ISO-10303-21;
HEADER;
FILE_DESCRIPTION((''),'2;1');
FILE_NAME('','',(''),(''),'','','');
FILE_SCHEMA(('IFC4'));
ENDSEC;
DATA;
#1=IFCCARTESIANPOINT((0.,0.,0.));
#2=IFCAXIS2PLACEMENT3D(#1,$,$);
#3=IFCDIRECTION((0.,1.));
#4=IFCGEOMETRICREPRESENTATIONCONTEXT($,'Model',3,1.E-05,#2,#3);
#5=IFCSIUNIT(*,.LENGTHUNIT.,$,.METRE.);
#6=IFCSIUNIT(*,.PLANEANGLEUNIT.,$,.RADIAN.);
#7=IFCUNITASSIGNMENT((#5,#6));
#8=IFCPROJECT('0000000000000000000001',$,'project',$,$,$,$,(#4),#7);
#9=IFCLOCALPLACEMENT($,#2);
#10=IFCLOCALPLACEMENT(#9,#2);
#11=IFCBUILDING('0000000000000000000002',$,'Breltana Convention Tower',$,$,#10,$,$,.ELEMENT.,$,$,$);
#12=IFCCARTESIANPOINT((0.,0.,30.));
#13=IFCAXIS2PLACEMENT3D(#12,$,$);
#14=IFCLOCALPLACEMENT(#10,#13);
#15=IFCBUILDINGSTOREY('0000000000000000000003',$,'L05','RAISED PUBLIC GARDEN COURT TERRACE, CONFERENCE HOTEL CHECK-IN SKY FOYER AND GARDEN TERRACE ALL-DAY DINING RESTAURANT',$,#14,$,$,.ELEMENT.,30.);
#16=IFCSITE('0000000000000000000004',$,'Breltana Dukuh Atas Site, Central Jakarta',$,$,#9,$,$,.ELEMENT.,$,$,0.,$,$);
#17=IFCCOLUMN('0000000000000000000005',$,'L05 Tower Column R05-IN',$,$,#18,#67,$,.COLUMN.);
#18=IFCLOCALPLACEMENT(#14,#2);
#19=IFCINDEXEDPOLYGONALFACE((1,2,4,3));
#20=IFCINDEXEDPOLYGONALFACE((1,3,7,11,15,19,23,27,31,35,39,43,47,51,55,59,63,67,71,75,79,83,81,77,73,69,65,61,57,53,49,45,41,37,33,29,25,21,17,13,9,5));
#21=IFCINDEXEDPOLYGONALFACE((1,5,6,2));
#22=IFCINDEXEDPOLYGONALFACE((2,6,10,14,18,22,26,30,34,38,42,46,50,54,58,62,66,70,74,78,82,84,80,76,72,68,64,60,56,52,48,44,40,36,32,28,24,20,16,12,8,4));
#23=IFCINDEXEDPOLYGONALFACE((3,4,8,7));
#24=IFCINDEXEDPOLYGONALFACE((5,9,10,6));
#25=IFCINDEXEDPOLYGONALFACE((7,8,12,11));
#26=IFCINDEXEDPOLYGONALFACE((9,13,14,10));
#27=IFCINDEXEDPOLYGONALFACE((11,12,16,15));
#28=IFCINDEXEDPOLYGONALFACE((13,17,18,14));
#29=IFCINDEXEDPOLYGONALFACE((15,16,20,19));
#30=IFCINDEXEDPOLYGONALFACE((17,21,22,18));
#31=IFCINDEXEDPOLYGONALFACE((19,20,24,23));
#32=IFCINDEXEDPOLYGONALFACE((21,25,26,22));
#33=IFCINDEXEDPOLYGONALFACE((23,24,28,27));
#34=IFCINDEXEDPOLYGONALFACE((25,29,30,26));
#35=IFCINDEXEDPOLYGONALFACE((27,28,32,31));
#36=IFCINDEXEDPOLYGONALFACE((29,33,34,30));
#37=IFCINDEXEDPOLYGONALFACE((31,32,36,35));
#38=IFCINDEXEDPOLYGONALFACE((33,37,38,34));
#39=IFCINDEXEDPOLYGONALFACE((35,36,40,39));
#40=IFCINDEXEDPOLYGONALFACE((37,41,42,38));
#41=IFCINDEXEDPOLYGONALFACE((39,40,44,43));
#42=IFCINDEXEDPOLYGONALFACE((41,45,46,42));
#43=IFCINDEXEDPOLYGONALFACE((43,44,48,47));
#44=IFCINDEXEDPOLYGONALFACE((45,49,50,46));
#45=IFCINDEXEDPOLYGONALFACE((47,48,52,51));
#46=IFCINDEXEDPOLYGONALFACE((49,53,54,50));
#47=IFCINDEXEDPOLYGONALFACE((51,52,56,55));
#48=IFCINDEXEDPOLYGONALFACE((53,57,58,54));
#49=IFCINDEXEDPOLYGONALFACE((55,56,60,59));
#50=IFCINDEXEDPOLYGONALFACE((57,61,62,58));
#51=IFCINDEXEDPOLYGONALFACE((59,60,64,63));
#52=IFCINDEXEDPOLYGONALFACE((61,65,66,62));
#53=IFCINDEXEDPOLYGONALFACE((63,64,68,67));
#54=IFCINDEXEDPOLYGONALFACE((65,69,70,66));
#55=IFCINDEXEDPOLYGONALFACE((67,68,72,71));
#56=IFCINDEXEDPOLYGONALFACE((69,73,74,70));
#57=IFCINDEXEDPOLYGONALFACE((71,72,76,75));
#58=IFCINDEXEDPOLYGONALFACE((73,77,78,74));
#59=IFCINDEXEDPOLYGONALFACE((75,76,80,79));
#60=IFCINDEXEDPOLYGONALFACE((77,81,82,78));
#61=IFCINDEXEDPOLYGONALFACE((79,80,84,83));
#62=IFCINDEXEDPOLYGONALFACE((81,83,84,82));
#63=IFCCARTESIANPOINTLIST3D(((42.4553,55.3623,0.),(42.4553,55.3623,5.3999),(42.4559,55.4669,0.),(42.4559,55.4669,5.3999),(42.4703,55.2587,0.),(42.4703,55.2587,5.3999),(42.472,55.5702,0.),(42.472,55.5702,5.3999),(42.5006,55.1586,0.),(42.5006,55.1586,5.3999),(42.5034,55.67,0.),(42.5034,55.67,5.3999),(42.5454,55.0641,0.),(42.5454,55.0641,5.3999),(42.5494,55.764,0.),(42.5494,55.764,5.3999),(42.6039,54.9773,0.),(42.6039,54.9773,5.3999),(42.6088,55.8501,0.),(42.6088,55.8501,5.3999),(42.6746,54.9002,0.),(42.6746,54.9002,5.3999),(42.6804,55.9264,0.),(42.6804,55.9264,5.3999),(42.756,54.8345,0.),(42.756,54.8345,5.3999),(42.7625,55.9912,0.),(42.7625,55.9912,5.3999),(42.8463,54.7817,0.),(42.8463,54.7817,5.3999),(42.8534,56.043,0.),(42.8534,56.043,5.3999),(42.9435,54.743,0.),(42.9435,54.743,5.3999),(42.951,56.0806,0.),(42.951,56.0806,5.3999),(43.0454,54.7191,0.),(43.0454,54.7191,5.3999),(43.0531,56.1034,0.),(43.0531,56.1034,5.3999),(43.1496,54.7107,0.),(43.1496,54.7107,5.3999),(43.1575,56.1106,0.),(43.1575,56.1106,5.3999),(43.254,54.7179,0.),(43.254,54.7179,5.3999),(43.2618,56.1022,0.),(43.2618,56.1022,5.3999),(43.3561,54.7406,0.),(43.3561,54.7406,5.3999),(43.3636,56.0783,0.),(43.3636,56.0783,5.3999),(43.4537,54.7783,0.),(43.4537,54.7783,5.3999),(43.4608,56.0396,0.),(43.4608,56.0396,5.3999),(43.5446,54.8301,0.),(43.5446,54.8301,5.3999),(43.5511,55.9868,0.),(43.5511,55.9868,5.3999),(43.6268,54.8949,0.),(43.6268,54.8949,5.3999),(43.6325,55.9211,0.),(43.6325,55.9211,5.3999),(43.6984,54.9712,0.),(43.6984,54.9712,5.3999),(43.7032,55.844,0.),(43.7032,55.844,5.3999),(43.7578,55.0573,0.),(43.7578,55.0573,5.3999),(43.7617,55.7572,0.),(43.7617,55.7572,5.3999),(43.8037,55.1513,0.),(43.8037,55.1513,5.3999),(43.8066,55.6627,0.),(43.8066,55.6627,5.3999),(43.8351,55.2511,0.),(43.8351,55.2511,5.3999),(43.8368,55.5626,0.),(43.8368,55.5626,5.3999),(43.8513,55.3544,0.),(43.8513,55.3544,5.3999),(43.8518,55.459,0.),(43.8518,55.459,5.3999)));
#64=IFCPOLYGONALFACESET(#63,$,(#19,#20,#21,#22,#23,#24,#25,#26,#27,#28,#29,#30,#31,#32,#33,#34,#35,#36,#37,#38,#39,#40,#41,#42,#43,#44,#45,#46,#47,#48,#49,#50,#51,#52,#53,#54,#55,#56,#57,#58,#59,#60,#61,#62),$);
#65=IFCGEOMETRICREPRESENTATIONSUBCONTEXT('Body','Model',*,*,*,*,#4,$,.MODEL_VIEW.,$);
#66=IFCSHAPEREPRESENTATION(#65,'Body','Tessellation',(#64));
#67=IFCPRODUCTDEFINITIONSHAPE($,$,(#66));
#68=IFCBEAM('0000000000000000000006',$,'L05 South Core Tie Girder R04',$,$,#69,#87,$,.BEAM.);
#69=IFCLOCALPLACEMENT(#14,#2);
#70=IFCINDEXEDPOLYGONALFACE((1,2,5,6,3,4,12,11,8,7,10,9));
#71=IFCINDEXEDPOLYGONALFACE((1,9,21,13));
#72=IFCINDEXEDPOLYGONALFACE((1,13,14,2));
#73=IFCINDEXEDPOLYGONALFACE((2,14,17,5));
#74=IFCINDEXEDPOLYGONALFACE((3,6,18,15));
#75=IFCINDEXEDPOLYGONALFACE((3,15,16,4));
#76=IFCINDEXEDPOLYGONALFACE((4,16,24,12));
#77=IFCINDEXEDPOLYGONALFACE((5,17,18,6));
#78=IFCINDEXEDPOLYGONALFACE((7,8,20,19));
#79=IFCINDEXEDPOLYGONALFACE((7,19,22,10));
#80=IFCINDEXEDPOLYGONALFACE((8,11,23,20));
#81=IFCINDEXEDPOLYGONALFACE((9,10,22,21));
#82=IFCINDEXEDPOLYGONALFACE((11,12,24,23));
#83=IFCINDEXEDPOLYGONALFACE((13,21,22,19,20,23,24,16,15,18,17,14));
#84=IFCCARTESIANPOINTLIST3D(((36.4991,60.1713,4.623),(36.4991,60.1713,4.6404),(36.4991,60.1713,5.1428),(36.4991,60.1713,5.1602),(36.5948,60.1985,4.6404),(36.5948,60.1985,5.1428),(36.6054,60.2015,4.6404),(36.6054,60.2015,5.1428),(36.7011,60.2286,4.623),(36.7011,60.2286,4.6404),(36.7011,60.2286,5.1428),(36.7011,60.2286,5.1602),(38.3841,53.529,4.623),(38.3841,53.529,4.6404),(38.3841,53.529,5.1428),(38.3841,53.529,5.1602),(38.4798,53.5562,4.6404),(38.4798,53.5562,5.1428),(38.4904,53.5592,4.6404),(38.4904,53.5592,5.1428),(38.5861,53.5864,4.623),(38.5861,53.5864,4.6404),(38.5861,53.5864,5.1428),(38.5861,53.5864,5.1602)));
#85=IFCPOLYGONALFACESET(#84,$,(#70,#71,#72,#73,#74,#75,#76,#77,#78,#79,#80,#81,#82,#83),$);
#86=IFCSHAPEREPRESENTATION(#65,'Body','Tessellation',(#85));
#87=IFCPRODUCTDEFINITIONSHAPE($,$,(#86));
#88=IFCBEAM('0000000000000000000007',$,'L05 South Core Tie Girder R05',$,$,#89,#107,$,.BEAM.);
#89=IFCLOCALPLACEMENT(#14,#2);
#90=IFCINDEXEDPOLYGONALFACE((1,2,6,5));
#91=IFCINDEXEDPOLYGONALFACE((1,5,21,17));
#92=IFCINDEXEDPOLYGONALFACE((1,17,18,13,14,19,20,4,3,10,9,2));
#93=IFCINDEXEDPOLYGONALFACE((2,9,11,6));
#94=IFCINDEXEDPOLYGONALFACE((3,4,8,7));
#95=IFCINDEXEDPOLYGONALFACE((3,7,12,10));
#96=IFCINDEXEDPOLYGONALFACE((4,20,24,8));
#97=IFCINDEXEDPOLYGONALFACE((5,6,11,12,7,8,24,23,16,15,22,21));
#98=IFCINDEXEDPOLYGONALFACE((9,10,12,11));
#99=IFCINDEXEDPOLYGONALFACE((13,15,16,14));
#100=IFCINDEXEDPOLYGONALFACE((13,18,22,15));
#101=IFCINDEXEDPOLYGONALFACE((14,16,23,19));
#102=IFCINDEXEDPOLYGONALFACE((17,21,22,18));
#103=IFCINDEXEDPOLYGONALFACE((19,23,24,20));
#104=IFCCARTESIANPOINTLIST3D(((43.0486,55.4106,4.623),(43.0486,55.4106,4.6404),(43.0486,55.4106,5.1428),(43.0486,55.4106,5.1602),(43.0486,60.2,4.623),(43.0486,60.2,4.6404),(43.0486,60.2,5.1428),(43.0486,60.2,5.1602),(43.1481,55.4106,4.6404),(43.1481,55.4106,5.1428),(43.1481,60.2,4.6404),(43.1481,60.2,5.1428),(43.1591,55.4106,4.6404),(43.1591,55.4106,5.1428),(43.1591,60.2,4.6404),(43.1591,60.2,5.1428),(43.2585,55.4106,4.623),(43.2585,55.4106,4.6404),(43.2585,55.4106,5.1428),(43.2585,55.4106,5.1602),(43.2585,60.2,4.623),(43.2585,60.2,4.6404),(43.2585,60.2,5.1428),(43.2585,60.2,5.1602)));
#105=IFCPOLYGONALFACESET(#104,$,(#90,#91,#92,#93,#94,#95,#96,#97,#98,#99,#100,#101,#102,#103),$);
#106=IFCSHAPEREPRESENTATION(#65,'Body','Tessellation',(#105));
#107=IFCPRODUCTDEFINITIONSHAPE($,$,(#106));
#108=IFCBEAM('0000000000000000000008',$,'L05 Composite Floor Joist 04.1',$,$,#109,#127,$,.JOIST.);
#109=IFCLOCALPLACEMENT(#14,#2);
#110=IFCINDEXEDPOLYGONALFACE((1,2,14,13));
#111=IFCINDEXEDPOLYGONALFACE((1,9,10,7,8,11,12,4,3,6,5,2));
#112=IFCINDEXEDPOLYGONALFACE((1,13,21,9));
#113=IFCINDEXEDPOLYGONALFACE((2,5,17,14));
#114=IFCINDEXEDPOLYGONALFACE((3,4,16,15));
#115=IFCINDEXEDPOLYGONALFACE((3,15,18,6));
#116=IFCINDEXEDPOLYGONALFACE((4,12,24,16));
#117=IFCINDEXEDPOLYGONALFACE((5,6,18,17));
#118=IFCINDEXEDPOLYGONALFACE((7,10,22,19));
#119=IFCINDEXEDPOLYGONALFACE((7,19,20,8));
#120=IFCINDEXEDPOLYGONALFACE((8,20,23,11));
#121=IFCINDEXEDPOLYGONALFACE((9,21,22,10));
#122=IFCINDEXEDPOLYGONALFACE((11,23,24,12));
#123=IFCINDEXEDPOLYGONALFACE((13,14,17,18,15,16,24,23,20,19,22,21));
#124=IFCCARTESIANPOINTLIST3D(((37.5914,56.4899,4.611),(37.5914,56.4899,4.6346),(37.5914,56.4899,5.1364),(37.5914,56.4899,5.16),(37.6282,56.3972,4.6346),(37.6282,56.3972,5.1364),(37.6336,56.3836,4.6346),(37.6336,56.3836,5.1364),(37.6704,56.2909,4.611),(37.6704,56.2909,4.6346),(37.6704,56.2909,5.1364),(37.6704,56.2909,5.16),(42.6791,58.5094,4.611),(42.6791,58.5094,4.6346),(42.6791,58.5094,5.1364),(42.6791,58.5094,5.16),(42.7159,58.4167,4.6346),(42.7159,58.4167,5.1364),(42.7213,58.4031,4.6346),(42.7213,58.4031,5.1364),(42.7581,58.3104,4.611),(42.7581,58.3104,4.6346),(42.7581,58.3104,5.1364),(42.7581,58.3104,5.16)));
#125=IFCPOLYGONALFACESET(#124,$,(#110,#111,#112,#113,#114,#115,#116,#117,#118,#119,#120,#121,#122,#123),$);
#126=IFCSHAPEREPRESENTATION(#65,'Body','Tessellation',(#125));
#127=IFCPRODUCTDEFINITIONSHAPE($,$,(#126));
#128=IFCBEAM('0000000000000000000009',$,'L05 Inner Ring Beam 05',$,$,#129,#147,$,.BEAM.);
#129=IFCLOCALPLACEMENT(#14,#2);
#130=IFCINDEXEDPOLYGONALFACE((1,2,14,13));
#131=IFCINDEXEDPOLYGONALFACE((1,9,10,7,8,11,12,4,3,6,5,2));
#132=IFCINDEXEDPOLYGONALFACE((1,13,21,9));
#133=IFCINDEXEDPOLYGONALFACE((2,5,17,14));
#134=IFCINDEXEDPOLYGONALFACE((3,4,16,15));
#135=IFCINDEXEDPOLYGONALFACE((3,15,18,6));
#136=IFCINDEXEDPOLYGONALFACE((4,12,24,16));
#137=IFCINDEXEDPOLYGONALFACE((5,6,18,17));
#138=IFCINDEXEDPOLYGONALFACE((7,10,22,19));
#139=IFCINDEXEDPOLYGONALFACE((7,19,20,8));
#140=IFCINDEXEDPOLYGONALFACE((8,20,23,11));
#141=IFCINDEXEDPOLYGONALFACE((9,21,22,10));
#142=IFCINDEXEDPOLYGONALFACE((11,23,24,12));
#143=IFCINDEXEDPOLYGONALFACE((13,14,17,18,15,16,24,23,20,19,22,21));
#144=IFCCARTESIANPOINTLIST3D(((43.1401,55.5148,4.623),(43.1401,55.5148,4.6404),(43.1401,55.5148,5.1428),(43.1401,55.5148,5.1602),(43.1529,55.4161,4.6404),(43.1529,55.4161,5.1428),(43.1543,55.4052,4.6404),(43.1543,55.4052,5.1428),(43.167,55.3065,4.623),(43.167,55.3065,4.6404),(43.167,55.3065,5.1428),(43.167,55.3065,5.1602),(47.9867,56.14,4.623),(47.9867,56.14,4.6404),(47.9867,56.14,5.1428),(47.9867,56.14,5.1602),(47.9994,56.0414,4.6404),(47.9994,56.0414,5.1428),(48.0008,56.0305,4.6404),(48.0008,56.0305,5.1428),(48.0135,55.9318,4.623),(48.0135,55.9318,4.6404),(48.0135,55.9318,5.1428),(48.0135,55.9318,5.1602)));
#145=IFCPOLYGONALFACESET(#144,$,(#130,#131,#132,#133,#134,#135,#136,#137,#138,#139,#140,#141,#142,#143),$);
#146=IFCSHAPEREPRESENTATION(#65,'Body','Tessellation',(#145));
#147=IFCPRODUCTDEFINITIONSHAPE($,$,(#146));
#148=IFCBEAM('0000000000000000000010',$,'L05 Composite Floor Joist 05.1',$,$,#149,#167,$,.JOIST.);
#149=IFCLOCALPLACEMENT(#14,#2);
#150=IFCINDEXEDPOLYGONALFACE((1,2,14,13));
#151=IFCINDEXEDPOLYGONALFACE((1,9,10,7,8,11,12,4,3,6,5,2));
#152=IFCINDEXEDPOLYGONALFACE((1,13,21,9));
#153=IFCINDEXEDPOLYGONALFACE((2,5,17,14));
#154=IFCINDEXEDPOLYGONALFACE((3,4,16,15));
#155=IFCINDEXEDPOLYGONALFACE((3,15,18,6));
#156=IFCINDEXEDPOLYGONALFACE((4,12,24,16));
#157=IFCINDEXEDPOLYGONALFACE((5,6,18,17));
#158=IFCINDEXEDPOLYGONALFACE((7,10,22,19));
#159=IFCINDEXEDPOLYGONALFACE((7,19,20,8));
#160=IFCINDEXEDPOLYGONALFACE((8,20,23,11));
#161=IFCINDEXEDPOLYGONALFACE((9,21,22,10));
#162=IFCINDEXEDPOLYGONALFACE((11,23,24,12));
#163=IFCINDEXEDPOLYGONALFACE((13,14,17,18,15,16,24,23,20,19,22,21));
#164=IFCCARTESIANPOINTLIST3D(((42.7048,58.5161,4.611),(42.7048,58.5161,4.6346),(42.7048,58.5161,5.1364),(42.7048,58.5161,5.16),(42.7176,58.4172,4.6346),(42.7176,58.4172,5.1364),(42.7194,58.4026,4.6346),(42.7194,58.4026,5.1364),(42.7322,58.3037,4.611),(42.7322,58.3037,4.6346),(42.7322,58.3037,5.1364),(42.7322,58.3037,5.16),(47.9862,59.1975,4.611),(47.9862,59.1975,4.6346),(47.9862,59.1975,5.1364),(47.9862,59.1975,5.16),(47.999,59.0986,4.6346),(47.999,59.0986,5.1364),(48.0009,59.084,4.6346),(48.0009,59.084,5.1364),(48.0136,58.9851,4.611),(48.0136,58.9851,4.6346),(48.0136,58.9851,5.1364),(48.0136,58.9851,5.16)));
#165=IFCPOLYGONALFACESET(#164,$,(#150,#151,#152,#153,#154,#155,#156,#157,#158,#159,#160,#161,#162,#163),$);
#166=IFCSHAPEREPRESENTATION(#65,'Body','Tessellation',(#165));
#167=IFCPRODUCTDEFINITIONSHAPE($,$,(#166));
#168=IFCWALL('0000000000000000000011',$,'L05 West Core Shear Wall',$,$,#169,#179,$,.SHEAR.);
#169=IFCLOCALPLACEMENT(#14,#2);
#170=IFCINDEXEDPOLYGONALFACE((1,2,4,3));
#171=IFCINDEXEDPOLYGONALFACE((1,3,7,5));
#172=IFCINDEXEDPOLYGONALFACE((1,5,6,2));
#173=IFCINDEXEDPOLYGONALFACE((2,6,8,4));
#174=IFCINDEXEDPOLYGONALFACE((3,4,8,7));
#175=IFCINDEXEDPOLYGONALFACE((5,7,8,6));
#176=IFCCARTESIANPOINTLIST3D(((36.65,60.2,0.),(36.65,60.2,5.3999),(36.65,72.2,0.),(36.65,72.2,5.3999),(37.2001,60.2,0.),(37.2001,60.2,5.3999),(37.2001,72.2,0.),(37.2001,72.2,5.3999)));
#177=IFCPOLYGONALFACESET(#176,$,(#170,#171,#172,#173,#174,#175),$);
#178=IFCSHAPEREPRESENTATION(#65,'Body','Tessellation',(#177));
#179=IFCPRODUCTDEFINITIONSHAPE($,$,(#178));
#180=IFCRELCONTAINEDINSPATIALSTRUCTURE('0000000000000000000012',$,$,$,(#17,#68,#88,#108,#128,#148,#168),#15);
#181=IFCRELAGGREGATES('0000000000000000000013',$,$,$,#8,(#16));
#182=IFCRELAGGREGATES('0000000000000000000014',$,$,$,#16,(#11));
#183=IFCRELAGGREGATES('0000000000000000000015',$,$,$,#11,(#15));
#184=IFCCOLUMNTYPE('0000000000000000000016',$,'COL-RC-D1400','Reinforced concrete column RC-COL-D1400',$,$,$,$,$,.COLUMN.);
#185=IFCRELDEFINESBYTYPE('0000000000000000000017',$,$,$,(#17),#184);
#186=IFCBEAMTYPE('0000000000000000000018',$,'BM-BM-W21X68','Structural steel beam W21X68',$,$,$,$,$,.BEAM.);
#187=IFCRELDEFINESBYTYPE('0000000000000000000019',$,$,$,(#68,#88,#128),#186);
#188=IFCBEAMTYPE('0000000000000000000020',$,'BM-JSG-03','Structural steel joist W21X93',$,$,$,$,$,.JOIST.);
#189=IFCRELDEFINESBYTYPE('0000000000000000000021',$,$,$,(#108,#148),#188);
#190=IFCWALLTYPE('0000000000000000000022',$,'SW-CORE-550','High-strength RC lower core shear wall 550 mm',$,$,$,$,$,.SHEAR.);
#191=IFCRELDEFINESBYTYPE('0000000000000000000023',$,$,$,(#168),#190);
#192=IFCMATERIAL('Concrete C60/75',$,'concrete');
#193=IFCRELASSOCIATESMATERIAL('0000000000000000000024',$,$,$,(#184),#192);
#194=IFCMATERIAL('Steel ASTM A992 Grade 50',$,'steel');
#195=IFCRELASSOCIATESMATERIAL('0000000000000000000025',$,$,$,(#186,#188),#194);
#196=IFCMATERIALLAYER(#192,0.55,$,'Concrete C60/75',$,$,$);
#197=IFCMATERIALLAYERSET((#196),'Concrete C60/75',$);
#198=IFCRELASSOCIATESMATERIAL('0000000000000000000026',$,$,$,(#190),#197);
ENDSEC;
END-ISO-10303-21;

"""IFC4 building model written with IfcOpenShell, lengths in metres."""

from ifc_helpers import new_model, si_unit, direction, frame, frame_2d, origin, origin_2d, place, context, subcontext, project, spatial, rectangle, circle, i_section, extrude, source, transform, mapped, material, layer, layer_set, material_profile, profile_set, type_object, type_shapes, element, save


model = new_model("IFC4")

# Units and contexts
model_context = context("Model", 3, precision=1e-05, world=origin(), true_north=direction((0.0, 1.0)))
body_context = subcontext(model_context, "Body", "Model", "MODEL_VIEW")
ifc_project = project(units=[si_unit("LENGTHUNIT", "METRE"), si_unit("PLANEANGLEUNIT", "RADIAN")], contexts=[model_context])

# Site, building, storey
site_placement = place(None, origin())
site = spatial("IfcSite", under=ifc_project, at=site_placement, Name="Breltana Dukuh Atas Site, Central Jakarta", CompositionType="ELEMENT", RefElevation=0.0)
building_placement = place(site_placement, origin())
building = spatial("IfcBuilding", under=site, at=building_placement, Name="Breltana Convention Tower", CompositionType="ELEMENT")
storey_placement = place(building_placement, frame((0.0, 0.0, 30.0)))
storey = spatial("IfcBuildingStorey", under=building, at=storey_placement, Name="L05", Description="RAISED PUBLIC GARDEN COURT TERRACE, CONFERENCE HOTEL CHECK-IN SKY FOYER AND GARDEN TERRACE ALL-DAY DINING RESTAURANT", CompositionType="ELEMENT", Elevation=30.0)

# Column
ifc_material_1 = material(Name="Concrete C60/75", Category="concrete")
ifc_material_profile_1 = material_profile(ifc_material_1, circle(Radius=0.7, at=origin_2d()), Name="RC-COL-D1400")
ifc_profile_set_1 = profile_set([ifc_material_profile_1], Name="Concrete C60/75")
column_type = type_object("IfcColumnType", Name="COL-RC-D1400", Description="Reinforced concrete column RC-COL-D1400", PredefinedType="COLUMN", material=ifc_profile_set_1)
shared_shape_1 = source(origin(), body_context, "Body", "SweptSolid", [
    extrude(circle(Radius=0.7, at=origin_2d()), origin(), (0.0, 0.0, 1.0), 5.3999),
])
type_shapes(column_type, [shared_shape_1])
column_placement = place(storey_placement, frame((43.1536, 55.4106, 0.0), z_axis=(0.0, 0.0, 1.0), x_axis=(-0.143493, 0.989651, 0.0)))
element("IfcColumn", 1, at=column_placement, inside=storey, type_object=column_type, Name="L05 Tower Column R05-IN", PredefinedType="COLUMN", context=body_context, shape_type="MappedRepresentation", body=[
    mapped(shared_shape_1, transform((0.0, 0.0, 0.0), scale=1.0)),
])

# Beams
ifc_material_2 = material(Name="Steel ASTM A992 Grade 50", Category="steel")
ifc_material_profile_2 = material_profile(ifc_material_2, i_section(OverallWidth=0.21, OverallDepth=0.5371, WebThickness=0.011, FlangeThickness=0.0173, at=origin_2d()), Name="W21X68")
ifc_profile_set_2 = profile_set([ifc_material_profile_2], Name="Steel ASTM A992 Grade 50")
beam_type_1 = type_object("IfcBeamType", Name="BM-BM-W21X68", Description="Structural steel beam W21X68", PredefinedType="BEAM", material=ifc_profile_set_2)
shared_shape_2 = source(origin(), body_context, "Body", "SweptSolid", [
    extrude(i_section(OverallWidth=0.21, OverallDepth=0.5371, WebThickness=0.011, FlangeThickness=0.0173, at=origin_2d()), origin(), (0.0, 0.0, 1.0), 6.9045),
])
type_shapes(beam_type_1, [shared_shape_2])
beam_1_placement = place(storey_placement, frame((36.6001, 60.2, 4.8916), z_axis=(0.273007, -0.962012, 0.0), x_axis=(0.962012, 0.273007, 0.0)))
element("IfcBeam", 2, at=beam_1_placement, inside=storey, type_object=beam_type_1, Name="L05 South Core Tie Girder R04", PredefinedType="BEAM", context=body_context, shape_type="MappedRepresentation", body=[
    mapped(shared_shape_2, transform((0.0, 0.0, 0.0), scale=1.0)),
])
shared_shape_3 = source(origin(), body_context, "Body", "SweptSolid", [
    extrude(i_section(OverallWidth=0.21, OverallDepth=0.5371, WebThickness=0.011, FlangeThickness=0.0173, at=origin_2d()), origin(), (0.0, 0.0, 1.0), 4.7893),
])
beam_2_placement = place(storey_placement, frame((43.1536, 60.2, 4.8916), z_axis=(0.0, -1.0, 0.0), x_axis=(1.0, 0.0, 0.0)))
element("IfcBeam", 3, at=beam_2_placement, inside=storey, type_object=beam_type_1, Name="L05 South Core Tie Girder R05", PredefinedType="BEAM", context=body_context, shape_type="MappedRepresentation", body=[
    mapped(shared_shape_3, transform((0.0, 0.0, 0.0), scale=1.0)),
])
ifc_material_profile_3 = material_profile(ifc_material_2, i_section(OverallWidth=0.2141, OverallDepth=0.5491, WebThickness=0.0146, FlangeThickness=0.0237, at=origin_2d()), Name="W21X93")
ifc_profile_set_3 = profile_set([ifc_material_profile_3], Name="Steel ASTM A992 Grade 50")
beam_type_2 = type_object("IfcBeamType", Name="BM-JSG-03", Description="Structural steel joist W21X93", PredefinedType="JOIST", material=ifc_profile_set_3)
shared_shape_4 = source(origin(), body_context, "Body", "SweptSolid", [
    extrude(i_section(OverallWidth=0.2141, OverallDepth=0.5491, WebThickness=0.0146, FlangeThickness=0.0237, at=origin_2d()), origin(), (0.0, 0.0, 1.0), 5.4739),
])
beam_3_placement = place(storey_placement, frame((37.6309, 56.3904, 4.8855), z_axis=(0.929452, 0.368944, 0.0), x_axis=(-0.368944, 0.929452, 0.0)))
element("IfcBeam", 4, at=beam_3_placement, inside=storey, type_object=beam_type_2, Name="L05 Composite Floor Joist 04.1", PredefinedType="JOIST", context=body_context, shape_type="MappedRepresentation", body=[
    mapped(shared_shape_4, transform((0.0, 0.0, 0.0), scale=1.0)),
])
shared_shape_5 = source(origin(), body_context, "Body", "SweptSolid", [
    extrude(i_section(OverallWidth=0.21, OverallDepth=0.5371, WebThickness=0.011, FlangeThickness=0.0173, at=origin_2d()), origin(), (0.0, 0.0, 1.0), 4.8867),
])
beam_4_placement = place(storey_placement, frame((43.1536, 55.4106, 4.8916), z_axis=(0.991781, 0.127951, 0.0), x_axis=(-0.127951, 0.991781, 0.0)))
element("IfcBeam", 5, at=beam_4_placement, inside=storey, type_object=beam_type_1, Name="L05 Inner Ring Beam 05", PredefinedType="BEAM", context=body_context, shape_type="MappedRepresentation", body=[
    mapped(shared_shape_5, transform((0.0, 0.0, 0.0), scale=1.0)),
])
shared_shape_6 = source(origin(), body_context, "Body", "SweptSolid", [
    extrude(i_section(OverallWidth=0.2141, OverallDepth=0.5491, WebThickness=0.0146, FlangeThickness=0.0237, at=origin_2d()), origin(), (0.0, 0.0, 1.0), 5.3252),
])
beam_5_placement = place(storey_placement, frame((42.7185, 58.4099, 4.8855), z_axis=(0.99178, 0.127955, 0.0), x_axis=(-0.127955, 0.99178, 0.0)))
element("IfcBeam", 6, at=beam_5_placement, inside=storey, type_object=beam_type_2, Name="L05 Composite Floor Joist 05.1", PredefinedType="JOIST", context=body_context, shape_type="MappedRepresentation", body=[
    mapped(shared_shape_6, transform((0.0, 0.0, 0.0), scale=1.0)),
])

# Wall
ifc_layer_1 = layer(ifc_material_1, 0.55, Name="Concrete C60/75")
ifc_layer_set_1 = layer_set([ifc_layer_1], Name="Concrete C60/75")
wall_type_1 = type_object("IfcWallType", Name="SW-CORE-550", Description="High-strength RC lower core shear wall 550 mm", PredefinedType="SHEAR", material=ifc_layer_set_1)
shared_shape_7 = source(origin(), body_context, "Body", "SweptSolid", [
    extrude(rectangle(XDim=12.0, YDim=0.55, at=frame_2d((6.0, 0.0))), origin(), (0.0, 0.0, 1.0), 5.3999),
])
wall_1_placement = place(storey_placement, frame((36.925, 60.2, 0.0), z_axis=(0.0, 0.0, 1.0), x_axis=(0.0, 1.0, 0.0)))
element("IfcWall", 7, at=wall_1_placement, inside=storey, type_object=wall_type_1, Name="L05 West Core Shear Wall", PredefinedType="SHEAR", context=body_context, shape_type="MappedRepresentation", body=[
    mapped(shared_shape_7, transform((0.0, 0.0, 0.0), scale=1.0)),
])

save(model, "model.ifc")
